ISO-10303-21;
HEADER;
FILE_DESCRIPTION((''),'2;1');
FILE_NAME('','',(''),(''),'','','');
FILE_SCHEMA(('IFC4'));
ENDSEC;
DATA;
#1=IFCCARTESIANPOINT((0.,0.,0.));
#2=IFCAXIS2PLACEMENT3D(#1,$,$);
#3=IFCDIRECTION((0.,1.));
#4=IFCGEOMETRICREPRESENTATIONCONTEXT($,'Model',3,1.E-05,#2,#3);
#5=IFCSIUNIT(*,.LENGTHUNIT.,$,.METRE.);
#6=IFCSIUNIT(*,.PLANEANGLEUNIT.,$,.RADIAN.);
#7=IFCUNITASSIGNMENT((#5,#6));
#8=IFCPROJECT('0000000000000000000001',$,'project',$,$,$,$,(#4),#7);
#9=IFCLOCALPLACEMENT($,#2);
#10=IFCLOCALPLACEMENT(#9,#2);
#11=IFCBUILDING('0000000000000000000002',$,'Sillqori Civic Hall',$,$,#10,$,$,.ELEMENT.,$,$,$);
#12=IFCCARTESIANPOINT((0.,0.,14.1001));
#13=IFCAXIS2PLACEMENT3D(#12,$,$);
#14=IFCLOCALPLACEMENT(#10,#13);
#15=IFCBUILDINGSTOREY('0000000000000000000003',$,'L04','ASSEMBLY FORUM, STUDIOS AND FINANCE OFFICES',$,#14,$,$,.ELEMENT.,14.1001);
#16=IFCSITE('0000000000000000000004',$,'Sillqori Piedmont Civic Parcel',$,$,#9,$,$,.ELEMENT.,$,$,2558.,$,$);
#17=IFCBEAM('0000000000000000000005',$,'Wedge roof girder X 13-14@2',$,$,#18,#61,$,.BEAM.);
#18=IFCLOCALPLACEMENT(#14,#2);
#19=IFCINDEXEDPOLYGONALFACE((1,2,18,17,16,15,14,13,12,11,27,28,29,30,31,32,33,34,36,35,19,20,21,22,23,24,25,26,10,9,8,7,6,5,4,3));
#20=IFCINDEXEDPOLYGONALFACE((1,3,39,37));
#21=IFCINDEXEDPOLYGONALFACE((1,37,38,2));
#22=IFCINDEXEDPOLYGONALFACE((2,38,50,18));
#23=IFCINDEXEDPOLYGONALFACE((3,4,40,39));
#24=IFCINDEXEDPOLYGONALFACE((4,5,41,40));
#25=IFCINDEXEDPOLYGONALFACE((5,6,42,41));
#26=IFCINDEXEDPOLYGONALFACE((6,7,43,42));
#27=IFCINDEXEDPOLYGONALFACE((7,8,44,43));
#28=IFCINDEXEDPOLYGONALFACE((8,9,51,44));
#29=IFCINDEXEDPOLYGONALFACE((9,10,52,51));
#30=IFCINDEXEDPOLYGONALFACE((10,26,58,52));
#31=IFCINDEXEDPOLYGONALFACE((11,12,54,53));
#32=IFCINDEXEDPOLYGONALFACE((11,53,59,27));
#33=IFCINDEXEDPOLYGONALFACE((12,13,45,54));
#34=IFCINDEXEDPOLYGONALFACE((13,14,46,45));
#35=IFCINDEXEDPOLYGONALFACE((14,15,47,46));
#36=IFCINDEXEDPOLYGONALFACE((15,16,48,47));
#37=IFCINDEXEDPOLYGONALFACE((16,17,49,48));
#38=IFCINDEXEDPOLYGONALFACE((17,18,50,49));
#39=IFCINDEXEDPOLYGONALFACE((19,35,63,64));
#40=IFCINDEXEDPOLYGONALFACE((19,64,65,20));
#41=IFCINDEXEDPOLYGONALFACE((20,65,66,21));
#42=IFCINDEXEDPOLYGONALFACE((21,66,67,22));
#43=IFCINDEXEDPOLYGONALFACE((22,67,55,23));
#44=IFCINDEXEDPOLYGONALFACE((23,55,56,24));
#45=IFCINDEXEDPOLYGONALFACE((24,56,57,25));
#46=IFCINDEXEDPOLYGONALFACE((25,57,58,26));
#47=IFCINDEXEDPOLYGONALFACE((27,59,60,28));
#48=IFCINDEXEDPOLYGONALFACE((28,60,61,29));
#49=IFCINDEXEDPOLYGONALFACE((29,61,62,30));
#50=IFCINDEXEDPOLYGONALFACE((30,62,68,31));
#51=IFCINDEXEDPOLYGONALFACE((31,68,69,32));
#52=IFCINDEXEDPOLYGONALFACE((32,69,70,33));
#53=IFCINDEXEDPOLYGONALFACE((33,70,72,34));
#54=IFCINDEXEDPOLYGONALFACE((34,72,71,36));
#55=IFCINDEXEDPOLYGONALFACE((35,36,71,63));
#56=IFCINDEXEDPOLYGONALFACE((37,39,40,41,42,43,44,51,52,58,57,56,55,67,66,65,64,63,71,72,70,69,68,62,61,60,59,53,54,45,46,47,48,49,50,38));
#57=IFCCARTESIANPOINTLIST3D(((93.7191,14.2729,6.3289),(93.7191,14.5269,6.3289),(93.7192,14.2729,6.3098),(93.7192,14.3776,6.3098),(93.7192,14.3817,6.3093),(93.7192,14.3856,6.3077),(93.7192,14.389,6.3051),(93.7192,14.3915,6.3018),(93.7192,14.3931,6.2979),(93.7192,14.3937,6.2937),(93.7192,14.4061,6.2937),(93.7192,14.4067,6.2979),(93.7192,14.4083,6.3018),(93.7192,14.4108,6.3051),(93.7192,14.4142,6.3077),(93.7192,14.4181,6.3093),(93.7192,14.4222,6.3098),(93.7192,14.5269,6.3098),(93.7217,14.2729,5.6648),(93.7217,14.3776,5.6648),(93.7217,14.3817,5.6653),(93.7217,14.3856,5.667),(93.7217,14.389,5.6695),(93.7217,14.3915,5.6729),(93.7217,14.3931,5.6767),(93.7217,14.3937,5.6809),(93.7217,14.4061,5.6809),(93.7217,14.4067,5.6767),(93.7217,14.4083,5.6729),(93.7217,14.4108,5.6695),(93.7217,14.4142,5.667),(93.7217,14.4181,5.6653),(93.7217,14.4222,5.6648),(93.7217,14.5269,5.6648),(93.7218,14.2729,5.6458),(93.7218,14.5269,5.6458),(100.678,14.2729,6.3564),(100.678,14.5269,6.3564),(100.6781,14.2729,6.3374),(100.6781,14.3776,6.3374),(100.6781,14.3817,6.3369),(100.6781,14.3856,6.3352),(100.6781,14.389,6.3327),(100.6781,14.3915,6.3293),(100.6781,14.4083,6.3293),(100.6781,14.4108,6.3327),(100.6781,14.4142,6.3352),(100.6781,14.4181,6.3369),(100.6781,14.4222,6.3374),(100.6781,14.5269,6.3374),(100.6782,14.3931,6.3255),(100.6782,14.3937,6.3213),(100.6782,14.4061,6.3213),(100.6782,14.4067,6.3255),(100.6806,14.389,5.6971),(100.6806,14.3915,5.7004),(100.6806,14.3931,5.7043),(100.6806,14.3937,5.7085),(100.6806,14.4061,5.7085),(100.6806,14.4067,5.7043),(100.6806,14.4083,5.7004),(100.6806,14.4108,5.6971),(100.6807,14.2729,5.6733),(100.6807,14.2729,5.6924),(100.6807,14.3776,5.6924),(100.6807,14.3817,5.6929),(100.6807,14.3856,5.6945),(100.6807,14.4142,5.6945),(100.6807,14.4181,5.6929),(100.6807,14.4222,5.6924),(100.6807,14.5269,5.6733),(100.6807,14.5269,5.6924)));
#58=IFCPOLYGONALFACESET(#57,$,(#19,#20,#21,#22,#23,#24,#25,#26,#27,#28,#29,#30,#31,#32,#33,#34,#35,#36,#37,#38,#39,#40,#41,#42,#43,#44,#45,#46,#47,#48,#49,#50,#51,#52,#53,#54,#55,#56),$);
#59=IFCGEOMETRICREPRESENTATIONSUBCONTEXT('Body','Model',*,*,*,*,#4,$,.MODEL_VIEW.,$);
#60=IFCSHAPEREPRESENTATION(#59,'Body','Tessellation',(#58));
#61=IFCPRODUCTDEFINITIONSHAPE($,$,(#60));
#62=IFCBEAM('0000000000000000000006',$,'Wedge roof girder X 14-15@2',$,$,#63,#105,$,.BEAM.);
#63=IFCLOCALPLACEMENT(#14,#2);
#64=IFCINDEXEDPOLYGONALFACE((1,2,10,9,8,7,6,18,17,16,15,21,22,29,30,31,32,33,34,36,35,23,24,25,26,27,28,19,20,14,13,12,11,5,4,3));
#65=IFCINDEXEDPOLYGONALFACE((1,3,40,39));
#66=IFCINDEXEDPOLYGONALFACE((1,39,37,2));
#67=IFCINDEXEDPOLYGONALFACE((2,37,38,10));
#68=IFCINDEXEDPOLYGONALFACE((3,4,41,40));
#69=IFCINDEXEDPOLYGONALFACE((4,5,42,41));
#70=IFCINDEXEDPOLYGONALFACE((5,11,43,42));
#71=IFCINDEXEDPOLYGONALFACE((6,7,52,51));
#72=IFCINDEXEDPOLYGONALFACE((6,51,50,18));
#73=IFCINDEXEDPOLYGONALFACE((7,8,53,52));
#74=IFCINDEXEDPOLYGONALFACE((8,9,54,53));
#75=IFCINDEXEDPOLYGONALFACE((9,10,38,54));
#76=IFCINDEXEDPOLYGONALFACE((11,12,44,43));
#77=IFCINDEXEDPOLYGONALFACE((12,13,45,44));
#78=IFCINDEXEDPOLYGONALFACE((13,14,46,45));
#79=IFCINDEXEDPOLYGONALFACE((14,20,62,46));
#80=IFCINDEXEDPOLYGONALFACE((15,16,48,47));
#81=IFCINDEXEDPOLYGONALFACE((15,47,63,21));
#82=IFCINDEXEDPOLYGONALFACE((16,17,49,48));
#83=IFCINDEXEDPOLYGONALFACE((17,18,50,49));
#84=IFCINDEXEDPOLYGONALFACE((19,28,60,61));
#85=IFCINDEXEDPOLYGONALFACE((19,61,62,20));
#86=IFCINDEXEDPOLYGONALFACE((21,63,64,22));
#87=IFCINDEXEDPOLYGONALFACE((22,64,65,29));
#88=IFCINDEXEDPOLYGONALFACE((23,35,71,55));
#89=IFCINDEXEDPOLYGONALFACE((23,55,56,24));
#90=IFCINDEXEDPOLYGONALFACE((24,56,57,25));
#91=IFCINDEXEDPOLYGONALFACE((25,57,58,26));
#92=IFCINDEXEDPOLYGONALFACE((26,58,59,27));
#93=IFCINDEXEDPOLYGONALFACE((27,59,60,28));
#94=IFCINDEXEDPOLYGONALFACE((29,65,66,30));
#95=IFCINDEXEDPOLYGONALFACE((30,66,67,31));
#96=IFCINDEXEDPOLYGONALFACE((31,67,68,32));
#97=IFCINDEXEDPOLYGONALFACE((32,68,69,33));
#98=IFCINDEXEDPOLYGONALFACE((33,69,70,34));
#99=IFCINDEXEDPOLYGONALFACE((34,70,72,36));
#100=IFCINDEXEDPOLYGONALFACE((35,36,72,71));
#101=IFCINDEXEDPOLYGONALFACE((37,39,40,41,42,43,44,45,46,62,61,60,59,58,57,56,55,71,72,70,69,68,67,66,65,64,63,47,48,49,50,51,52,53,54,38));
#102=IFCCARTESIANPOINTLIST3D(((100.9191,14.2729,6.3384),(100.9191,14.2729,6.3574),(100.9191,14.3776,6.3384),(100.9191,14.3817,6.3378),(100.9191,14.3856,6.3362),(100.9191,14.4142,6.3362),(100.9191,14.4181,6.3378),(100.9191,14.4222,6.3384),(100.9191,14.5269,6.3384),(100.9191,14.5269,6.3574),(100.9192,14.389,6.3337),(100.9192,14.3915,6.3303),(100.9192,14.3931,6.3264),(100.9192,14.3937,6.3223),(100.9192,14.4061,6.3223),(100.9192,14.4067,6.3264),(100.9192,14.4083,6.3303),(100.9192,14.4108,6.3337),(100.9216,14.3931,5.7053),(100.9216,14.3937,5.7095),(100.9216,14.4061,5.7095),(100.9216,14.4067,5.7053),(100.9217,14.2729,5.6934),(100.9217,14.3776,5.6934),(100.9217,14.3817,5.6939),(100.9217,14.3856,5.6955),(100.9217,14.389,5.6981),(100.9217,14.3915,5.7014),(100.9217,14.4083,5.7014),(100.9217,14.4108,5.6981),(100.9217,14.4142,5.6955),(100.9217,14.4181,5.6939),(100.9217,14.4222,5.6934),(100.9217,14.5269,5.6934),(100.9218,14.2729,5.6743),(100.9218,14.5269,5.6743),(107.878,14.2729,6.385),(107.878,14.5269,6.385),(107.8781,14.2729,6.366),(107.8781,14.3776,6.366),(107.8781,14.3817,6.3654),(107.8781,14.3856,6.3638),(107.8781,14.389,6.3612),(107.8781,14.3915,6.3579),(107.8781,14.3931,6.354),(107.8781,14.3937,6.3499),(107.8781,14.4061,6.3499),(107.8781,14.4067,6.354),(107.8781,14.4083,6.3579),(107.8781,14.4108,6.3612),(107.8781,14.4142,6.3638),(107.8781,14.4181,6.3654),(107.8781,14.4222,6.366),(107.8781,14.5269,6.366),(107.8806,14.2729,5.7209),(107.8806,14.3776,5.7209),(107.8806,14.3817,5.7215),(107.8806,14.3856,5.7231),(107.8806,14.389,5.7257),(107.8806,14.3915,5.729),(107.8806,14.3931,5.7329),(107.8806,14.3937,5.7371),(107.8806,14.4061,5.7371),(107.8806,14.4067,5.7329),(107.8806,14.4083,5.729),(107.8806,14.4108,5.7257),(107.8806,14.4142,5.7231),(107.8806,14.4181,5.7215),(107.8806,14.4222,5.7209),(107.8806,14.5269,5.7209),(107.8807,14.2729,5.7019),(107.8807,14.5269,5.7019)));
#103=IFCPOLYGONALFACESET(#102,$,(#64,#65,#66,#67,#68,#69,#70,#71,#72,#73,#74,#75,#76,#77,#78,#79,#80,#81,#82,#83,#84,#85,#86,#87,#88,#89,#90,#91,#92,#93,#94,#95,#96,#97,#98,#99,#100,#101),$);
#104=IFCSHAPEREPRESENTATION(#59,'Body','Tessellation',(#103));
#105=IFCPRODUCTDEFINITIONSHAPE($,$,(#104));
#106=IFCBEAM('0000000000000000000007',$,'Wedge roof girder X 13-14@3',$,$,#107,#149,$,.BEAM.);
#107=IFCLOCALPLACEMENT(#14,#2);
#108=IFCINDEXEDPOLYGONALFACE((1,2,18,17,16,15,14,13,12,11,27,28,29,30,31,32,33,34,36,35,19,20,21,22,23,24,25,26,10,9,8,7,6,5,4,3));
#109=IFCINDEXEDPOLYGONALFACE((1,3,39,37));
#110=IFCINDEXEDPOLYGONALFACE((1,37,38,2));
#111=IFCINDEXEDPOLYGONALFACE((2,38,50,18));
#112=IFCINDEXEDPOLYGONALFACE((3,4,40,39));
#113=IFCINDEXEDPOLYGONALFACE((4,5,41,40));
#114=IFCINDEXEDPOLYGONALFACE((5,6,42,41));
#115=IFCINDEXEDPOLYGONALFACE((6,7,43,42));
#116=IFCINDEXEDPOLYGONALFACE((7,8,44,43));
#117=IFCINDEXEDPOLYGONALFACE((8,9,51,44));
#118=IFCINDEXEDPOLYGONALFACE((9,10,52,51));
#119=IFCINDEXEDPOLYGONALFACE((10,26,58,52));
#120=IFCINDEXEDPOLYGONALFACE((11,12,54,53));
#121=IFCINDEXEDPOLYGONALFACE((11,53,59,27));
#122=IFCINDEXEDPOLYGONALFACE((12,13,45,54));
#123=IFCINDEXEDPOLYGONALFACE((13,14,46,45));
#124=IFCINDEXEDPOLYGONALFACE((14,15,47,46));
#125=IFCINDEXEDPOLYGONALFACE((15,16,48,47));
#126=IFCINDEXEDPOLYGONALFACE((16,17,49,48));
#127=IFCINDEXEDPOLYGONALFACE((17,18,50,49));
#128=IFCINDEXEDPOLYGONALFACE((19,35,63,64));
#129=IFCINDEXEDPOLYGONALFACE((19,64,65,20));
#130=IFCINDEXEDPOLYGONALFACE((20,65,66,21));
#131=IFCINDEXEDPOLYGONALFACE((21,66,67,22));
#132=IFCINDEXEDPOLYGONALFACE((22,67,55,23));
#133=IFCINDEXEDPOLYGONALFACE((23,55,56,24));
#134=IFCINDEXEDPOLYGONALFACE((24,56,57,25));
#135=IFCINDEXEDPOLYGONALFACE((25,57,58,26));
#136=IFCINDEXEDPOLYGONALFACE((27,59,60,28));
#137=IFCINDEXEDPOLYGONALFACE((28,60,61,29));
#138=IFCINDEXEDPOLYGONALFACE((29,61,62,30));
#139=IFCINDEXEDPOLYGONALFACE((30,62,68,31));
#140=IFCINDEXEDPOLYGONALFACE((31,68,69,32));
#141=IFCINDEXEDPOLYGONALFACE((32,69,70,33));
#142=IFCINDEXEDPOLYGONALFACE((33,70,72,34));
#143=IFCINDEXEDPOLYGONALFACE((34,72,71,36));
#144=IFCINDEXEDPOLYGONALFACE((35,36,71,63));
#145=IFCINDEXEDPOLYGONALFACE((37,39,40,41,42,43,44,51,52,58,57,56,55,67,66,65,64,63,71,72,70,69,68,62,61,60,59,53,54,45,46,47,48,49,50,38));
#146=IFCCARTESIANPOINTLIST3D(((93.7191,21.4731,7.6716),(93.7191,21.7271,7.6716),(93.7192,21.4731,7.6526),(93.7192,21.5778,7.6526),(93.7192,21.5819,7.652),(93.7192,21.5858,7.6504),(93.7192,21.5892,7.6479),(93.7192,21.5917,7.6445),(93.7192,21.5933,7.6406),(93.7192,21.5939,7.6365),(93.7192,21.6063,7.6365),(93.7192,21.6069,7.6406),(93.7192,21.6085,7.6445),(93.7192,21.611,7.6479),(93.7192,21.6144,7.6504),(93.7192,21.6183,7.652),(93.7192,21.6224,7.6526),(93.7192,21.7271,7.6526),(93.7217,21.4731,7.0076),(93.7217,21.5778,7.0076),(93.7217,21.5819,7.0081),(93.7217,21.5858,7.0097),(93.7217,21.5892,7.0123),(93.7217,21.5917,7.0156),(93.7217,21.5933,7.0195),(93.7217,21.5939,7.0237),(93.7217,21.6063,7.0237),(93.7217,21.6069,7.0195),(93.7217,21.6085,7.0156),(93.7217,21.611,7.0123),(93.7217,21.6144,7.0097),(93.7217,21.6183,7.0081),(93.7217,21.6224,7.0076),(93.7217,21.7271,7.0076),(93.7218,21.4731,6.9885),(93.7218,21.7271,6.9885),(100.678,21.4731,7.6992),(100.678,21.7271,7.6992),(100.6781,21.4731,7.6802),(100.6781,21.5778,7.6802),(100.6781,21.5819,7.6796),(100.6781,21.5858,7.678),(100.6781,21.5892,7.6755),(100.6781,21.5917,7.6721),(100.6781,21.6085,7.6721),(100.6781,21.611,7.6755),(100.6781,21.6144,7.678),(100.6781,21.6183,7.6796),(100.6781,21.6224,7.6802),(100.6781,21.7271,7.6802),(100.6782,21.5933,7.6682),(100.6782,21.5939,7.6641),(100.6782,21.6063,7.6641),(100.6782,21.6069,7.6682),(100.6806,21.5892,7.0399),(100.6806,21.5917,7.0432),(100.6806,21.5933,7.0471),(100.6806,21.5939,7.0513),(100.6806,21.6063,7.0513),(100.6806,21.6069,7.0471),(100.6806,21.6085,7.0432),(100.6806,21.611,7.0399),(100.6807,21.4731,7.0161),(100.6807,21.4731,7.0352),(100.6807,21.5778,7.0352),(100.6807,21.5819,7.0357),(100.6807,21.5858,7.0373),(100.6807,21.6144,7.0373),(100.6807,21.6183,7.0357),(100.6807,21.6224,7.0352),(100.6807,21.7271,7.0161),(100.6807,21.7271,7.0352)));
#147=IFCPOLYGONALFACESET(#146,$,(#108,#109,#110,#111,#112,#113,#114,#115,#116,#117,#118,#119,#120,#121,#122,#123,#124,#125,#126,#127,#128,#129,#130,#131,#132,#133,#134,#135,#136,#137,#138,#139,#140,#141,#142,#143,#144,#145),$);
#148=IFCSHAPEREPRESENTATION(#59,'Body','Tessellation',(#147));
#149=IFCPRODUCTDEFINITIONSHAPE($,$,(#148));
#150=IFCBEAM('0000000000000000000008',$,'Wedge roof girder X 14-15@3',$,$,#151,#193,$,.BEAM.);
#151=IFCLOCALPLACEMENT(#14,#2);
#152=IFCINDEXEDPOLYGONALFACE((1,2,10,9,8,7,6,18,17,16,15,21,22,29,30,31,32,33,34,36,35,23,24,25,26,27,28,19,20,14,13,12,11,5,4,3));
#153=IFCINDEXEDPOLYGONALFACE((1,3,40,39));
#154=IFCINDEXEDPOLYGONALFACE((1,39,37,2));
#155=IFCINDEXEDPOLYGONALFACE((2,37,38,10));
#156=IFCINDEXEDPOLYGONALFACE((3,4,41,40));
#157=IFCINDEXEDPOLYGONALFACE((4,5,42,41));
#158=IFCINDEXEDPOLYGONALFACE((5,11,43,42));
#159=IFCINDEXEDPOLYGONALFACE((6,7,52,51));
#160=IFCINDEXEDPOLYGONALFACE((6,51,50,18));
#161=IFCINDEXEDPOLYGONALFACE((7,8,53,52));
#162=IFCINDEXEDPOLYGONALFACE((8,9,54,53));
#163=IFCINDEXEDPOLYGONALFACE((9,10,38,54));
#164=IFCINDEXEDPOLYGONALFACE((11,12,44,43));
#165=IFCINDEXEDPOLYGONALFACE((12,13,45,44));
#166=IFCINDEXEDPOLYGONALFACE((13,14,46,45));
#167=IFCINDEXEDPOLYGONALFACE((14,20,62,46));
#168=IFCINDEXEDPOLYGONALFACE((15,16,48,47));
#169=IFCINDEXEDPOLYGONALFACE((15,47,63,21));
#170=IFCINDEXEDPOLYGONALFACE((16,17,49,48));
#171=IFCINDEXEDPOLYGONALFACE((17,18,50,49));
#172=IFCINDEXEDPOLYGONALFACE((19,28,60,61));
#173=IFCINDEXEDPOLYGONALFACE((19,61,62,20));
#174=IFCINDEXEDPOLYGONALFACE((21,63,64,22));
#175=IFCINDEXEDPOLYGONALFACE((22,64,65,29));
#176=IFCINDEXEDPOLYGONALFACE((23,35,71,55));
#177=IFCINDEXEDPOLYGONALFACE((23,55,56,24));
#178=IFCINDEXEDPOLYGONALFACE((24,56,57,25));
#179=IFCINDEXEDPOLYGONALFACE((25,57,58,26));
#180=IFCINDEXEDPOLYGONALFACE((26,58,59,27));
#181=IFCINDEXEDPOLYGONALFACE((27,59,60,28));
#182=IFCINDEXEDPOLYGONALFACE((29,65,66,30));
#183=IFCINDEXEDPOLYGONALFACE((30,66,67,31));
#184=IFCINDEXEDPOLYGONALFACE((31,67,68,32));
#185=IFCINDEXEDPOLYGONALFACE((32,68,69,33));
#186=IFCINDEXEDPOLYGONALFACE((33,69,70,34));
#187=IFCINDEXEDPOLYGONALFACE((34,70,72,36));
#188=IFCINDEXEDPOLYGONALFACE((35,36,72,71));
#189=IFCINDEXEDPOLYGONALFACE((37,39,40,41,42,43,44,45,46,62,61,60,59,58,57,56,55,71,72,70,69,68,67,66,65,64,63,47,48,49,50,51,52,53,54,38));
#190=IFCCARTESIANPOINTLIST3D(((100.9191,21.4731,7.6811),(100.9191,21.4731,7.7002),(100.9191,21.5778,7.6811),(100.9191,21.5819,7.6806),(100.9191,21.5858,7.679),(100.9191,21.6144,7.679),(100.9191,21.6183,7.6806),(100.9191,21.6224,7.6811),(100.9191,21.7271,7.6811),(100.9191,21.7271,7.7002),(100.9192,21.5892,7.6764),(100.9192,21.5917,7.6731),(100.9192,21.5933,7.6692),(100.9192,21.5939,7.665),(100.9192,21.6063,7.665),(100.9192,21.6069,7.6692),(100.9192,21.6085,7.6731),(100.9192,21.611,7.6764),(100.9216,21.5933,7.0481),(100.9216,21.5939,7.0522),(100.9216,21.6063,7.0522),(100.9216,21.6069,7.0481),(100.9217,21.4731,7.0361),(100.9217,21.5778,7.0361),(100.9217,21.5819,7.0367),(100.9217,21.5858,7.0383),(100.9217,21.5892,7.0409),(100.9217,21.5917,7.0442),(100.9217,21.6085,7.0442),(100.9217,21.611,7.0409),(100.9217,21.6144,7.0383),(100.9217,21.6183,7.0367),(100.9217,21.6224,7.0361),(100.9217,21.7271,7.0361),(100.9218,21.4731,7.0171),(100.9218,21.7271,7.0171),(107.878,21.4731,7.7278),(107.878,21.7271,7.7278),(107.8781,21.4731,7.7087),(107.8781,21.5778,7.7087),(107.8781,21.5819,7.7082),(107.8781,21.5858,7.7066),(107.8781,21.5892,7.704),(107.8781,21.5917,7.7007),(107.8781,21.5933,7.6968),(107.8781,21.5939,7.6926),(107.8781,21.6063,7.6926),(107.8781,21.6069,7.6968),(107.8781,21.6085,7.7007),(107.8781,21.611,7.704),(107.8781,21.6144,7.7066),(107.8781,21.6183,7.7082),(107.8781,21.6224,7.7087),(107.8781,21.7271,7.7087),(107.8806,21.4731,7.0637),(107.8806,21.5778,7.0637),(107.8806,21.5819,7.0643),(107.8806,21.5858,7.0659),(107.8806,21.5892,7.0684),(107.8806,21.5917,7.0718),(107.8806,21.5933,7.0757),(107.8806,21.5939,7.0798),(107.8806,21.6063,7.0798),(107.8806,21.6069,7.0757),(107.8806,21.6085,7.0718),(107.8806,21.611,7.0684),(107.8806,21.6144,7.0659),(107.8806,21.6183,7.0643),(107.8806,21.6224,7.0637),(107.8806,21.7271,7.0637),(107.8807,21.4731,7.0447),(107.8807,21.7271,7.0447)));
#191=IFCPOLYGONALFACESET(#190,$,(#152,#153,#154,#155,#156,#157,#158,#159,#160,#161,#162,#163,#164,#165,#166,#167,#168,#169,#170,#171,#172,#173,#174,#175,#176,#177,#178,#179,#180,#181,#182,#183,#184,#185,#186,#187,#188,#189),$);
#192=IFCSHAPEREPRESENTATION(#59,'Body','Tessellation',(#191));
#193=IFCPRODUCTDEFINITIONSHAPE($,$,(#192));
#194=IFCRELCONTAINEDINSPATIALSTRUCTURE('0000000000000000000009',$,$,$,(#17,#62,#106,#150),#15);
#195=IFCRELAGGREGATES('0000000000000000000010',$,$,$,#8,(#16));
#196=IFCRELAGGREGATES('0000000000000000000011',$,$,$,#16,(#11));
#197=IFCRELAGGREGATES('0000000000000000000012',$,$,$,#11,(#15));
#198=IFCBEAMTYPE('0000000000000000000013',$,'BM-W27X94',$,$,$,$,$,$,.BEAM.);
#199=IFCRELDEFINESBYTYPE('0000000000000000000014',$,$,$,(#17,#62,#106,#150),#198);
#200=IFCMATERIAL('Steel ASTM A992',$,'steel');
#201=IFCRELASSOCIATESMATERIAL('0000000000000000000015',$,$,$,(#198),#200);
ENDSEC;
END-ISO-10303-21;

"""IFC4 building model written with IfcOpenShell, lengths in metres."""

from ifc_helpers import new_model, si_unit, direction, frame, origin, origin_2d, place, context, subcontext, project, spatial, i_section, extrude, material, material_profile, profile_set, type_object, element, save


model = new_model("IFC4")

# Units and contexts
model_context = context("Model", 3, precision=1e-05, world=origin(), true_north=direction((0.0, 1.0)))
body_context = subcontext(model_context, "Body", "Model", "MODEL_VIEW")
ifc_project = project(units=[si_unit("LENGTHUNIT", "METRE"), si_unit("PLANEANGLEUNIT", "RADIAN")], contexts=[model_context])

# Site, building, storey
site_placement = place(None, origin())
site = spatial("IfcSite", under=ifc_project, at=site_placement, Name="Sillqori Piedmont Civic Parcel", CompositionType="ELEMENT", RefElevation=2558.0)
building_placement = place(site_placement, origin())
building = spatial("IfcBuilding", under=site, at=building_placement, Name="Sillqori Civic Hall", CompositionType="ELEMENT")
storey_placement = place(building_placement, frame((0.0, 0.0, 14.1001)))
storey = spatial("IfcBuildingStorey", under=building, at=storey_placement, Name="L04", Description="ASSEMBLY FORUM, STUDIOS AND FINANCE OFFICES", CompositionType="ELEMENT", Elevation=14.1001)

# Shared definitions
ifc_material_1 = material(Name="Steel ASTM A992", Category="steel")

# Beams
ifc_material_profile_1 = material_profile(ifc_material_1, i_section(OverallWidth=0.2539, OverallDepth=0.6831, WebThickness=0.0125, FlangeThickness=0.019, FilletRadius=0.0161, at=origin_2d()), Name="W27X94")
ifc_profile_set_1 = profile_set([ifc_material_profile_1], Name="Steel ASTM A992")
beam_type_1 = type_object("IfcBeamType", Name="BM-W27X94", PredefinedType="BEAM", material=ifc_profile_set_1)
for number, where, z_axis, x_axis, name in (
    (1, (93.7205, 14.3999, 5.9873), (0.999992, 0.0, 0.003964), (0.0, 1.0, 0.0), "Wedge roof girder X 13-14@2"),
    (2, (100.9204, 14.3999, 6.0159), (0.999992, 0.0, 0.003964), (0.0, 1.0, 0.0), "Wedge roof girder X 14-15@2"),
    (3, (93.7205, 21.6001, 7.3301), (0.999992, 0.0, 0.003964), (0.0, 1.0, 0.0), "Wedge roof girder X 13-14@3"),
    (4, (100.9204, 21.6001, 7.3586), (0.999992, 0.0, 0.003964), (0.0, 1.0, 0.0), "Wedge roof girder X 14-15@3"),
):
    element("IfcBeam", number, at=place(storey_placement, frame(where, z_axis=z_axis, x_axis=x_axis)), inside=storey, type_object=beam_type_1, Name=name, PredefinedType="BEAM", context=body_context, shape_type="SweptSolid", body=[
        extrude(i_section(OverallWidth=0.2539, OverallDepth=0.6831, WebThickness=0.0125, FlangeThickness=0.019, FilletRadius=0.0161, at=origin_2d()), origin(), (0.0, 0.0, 1.0), 6.959),
    ])

save(model, "model.ifc")
